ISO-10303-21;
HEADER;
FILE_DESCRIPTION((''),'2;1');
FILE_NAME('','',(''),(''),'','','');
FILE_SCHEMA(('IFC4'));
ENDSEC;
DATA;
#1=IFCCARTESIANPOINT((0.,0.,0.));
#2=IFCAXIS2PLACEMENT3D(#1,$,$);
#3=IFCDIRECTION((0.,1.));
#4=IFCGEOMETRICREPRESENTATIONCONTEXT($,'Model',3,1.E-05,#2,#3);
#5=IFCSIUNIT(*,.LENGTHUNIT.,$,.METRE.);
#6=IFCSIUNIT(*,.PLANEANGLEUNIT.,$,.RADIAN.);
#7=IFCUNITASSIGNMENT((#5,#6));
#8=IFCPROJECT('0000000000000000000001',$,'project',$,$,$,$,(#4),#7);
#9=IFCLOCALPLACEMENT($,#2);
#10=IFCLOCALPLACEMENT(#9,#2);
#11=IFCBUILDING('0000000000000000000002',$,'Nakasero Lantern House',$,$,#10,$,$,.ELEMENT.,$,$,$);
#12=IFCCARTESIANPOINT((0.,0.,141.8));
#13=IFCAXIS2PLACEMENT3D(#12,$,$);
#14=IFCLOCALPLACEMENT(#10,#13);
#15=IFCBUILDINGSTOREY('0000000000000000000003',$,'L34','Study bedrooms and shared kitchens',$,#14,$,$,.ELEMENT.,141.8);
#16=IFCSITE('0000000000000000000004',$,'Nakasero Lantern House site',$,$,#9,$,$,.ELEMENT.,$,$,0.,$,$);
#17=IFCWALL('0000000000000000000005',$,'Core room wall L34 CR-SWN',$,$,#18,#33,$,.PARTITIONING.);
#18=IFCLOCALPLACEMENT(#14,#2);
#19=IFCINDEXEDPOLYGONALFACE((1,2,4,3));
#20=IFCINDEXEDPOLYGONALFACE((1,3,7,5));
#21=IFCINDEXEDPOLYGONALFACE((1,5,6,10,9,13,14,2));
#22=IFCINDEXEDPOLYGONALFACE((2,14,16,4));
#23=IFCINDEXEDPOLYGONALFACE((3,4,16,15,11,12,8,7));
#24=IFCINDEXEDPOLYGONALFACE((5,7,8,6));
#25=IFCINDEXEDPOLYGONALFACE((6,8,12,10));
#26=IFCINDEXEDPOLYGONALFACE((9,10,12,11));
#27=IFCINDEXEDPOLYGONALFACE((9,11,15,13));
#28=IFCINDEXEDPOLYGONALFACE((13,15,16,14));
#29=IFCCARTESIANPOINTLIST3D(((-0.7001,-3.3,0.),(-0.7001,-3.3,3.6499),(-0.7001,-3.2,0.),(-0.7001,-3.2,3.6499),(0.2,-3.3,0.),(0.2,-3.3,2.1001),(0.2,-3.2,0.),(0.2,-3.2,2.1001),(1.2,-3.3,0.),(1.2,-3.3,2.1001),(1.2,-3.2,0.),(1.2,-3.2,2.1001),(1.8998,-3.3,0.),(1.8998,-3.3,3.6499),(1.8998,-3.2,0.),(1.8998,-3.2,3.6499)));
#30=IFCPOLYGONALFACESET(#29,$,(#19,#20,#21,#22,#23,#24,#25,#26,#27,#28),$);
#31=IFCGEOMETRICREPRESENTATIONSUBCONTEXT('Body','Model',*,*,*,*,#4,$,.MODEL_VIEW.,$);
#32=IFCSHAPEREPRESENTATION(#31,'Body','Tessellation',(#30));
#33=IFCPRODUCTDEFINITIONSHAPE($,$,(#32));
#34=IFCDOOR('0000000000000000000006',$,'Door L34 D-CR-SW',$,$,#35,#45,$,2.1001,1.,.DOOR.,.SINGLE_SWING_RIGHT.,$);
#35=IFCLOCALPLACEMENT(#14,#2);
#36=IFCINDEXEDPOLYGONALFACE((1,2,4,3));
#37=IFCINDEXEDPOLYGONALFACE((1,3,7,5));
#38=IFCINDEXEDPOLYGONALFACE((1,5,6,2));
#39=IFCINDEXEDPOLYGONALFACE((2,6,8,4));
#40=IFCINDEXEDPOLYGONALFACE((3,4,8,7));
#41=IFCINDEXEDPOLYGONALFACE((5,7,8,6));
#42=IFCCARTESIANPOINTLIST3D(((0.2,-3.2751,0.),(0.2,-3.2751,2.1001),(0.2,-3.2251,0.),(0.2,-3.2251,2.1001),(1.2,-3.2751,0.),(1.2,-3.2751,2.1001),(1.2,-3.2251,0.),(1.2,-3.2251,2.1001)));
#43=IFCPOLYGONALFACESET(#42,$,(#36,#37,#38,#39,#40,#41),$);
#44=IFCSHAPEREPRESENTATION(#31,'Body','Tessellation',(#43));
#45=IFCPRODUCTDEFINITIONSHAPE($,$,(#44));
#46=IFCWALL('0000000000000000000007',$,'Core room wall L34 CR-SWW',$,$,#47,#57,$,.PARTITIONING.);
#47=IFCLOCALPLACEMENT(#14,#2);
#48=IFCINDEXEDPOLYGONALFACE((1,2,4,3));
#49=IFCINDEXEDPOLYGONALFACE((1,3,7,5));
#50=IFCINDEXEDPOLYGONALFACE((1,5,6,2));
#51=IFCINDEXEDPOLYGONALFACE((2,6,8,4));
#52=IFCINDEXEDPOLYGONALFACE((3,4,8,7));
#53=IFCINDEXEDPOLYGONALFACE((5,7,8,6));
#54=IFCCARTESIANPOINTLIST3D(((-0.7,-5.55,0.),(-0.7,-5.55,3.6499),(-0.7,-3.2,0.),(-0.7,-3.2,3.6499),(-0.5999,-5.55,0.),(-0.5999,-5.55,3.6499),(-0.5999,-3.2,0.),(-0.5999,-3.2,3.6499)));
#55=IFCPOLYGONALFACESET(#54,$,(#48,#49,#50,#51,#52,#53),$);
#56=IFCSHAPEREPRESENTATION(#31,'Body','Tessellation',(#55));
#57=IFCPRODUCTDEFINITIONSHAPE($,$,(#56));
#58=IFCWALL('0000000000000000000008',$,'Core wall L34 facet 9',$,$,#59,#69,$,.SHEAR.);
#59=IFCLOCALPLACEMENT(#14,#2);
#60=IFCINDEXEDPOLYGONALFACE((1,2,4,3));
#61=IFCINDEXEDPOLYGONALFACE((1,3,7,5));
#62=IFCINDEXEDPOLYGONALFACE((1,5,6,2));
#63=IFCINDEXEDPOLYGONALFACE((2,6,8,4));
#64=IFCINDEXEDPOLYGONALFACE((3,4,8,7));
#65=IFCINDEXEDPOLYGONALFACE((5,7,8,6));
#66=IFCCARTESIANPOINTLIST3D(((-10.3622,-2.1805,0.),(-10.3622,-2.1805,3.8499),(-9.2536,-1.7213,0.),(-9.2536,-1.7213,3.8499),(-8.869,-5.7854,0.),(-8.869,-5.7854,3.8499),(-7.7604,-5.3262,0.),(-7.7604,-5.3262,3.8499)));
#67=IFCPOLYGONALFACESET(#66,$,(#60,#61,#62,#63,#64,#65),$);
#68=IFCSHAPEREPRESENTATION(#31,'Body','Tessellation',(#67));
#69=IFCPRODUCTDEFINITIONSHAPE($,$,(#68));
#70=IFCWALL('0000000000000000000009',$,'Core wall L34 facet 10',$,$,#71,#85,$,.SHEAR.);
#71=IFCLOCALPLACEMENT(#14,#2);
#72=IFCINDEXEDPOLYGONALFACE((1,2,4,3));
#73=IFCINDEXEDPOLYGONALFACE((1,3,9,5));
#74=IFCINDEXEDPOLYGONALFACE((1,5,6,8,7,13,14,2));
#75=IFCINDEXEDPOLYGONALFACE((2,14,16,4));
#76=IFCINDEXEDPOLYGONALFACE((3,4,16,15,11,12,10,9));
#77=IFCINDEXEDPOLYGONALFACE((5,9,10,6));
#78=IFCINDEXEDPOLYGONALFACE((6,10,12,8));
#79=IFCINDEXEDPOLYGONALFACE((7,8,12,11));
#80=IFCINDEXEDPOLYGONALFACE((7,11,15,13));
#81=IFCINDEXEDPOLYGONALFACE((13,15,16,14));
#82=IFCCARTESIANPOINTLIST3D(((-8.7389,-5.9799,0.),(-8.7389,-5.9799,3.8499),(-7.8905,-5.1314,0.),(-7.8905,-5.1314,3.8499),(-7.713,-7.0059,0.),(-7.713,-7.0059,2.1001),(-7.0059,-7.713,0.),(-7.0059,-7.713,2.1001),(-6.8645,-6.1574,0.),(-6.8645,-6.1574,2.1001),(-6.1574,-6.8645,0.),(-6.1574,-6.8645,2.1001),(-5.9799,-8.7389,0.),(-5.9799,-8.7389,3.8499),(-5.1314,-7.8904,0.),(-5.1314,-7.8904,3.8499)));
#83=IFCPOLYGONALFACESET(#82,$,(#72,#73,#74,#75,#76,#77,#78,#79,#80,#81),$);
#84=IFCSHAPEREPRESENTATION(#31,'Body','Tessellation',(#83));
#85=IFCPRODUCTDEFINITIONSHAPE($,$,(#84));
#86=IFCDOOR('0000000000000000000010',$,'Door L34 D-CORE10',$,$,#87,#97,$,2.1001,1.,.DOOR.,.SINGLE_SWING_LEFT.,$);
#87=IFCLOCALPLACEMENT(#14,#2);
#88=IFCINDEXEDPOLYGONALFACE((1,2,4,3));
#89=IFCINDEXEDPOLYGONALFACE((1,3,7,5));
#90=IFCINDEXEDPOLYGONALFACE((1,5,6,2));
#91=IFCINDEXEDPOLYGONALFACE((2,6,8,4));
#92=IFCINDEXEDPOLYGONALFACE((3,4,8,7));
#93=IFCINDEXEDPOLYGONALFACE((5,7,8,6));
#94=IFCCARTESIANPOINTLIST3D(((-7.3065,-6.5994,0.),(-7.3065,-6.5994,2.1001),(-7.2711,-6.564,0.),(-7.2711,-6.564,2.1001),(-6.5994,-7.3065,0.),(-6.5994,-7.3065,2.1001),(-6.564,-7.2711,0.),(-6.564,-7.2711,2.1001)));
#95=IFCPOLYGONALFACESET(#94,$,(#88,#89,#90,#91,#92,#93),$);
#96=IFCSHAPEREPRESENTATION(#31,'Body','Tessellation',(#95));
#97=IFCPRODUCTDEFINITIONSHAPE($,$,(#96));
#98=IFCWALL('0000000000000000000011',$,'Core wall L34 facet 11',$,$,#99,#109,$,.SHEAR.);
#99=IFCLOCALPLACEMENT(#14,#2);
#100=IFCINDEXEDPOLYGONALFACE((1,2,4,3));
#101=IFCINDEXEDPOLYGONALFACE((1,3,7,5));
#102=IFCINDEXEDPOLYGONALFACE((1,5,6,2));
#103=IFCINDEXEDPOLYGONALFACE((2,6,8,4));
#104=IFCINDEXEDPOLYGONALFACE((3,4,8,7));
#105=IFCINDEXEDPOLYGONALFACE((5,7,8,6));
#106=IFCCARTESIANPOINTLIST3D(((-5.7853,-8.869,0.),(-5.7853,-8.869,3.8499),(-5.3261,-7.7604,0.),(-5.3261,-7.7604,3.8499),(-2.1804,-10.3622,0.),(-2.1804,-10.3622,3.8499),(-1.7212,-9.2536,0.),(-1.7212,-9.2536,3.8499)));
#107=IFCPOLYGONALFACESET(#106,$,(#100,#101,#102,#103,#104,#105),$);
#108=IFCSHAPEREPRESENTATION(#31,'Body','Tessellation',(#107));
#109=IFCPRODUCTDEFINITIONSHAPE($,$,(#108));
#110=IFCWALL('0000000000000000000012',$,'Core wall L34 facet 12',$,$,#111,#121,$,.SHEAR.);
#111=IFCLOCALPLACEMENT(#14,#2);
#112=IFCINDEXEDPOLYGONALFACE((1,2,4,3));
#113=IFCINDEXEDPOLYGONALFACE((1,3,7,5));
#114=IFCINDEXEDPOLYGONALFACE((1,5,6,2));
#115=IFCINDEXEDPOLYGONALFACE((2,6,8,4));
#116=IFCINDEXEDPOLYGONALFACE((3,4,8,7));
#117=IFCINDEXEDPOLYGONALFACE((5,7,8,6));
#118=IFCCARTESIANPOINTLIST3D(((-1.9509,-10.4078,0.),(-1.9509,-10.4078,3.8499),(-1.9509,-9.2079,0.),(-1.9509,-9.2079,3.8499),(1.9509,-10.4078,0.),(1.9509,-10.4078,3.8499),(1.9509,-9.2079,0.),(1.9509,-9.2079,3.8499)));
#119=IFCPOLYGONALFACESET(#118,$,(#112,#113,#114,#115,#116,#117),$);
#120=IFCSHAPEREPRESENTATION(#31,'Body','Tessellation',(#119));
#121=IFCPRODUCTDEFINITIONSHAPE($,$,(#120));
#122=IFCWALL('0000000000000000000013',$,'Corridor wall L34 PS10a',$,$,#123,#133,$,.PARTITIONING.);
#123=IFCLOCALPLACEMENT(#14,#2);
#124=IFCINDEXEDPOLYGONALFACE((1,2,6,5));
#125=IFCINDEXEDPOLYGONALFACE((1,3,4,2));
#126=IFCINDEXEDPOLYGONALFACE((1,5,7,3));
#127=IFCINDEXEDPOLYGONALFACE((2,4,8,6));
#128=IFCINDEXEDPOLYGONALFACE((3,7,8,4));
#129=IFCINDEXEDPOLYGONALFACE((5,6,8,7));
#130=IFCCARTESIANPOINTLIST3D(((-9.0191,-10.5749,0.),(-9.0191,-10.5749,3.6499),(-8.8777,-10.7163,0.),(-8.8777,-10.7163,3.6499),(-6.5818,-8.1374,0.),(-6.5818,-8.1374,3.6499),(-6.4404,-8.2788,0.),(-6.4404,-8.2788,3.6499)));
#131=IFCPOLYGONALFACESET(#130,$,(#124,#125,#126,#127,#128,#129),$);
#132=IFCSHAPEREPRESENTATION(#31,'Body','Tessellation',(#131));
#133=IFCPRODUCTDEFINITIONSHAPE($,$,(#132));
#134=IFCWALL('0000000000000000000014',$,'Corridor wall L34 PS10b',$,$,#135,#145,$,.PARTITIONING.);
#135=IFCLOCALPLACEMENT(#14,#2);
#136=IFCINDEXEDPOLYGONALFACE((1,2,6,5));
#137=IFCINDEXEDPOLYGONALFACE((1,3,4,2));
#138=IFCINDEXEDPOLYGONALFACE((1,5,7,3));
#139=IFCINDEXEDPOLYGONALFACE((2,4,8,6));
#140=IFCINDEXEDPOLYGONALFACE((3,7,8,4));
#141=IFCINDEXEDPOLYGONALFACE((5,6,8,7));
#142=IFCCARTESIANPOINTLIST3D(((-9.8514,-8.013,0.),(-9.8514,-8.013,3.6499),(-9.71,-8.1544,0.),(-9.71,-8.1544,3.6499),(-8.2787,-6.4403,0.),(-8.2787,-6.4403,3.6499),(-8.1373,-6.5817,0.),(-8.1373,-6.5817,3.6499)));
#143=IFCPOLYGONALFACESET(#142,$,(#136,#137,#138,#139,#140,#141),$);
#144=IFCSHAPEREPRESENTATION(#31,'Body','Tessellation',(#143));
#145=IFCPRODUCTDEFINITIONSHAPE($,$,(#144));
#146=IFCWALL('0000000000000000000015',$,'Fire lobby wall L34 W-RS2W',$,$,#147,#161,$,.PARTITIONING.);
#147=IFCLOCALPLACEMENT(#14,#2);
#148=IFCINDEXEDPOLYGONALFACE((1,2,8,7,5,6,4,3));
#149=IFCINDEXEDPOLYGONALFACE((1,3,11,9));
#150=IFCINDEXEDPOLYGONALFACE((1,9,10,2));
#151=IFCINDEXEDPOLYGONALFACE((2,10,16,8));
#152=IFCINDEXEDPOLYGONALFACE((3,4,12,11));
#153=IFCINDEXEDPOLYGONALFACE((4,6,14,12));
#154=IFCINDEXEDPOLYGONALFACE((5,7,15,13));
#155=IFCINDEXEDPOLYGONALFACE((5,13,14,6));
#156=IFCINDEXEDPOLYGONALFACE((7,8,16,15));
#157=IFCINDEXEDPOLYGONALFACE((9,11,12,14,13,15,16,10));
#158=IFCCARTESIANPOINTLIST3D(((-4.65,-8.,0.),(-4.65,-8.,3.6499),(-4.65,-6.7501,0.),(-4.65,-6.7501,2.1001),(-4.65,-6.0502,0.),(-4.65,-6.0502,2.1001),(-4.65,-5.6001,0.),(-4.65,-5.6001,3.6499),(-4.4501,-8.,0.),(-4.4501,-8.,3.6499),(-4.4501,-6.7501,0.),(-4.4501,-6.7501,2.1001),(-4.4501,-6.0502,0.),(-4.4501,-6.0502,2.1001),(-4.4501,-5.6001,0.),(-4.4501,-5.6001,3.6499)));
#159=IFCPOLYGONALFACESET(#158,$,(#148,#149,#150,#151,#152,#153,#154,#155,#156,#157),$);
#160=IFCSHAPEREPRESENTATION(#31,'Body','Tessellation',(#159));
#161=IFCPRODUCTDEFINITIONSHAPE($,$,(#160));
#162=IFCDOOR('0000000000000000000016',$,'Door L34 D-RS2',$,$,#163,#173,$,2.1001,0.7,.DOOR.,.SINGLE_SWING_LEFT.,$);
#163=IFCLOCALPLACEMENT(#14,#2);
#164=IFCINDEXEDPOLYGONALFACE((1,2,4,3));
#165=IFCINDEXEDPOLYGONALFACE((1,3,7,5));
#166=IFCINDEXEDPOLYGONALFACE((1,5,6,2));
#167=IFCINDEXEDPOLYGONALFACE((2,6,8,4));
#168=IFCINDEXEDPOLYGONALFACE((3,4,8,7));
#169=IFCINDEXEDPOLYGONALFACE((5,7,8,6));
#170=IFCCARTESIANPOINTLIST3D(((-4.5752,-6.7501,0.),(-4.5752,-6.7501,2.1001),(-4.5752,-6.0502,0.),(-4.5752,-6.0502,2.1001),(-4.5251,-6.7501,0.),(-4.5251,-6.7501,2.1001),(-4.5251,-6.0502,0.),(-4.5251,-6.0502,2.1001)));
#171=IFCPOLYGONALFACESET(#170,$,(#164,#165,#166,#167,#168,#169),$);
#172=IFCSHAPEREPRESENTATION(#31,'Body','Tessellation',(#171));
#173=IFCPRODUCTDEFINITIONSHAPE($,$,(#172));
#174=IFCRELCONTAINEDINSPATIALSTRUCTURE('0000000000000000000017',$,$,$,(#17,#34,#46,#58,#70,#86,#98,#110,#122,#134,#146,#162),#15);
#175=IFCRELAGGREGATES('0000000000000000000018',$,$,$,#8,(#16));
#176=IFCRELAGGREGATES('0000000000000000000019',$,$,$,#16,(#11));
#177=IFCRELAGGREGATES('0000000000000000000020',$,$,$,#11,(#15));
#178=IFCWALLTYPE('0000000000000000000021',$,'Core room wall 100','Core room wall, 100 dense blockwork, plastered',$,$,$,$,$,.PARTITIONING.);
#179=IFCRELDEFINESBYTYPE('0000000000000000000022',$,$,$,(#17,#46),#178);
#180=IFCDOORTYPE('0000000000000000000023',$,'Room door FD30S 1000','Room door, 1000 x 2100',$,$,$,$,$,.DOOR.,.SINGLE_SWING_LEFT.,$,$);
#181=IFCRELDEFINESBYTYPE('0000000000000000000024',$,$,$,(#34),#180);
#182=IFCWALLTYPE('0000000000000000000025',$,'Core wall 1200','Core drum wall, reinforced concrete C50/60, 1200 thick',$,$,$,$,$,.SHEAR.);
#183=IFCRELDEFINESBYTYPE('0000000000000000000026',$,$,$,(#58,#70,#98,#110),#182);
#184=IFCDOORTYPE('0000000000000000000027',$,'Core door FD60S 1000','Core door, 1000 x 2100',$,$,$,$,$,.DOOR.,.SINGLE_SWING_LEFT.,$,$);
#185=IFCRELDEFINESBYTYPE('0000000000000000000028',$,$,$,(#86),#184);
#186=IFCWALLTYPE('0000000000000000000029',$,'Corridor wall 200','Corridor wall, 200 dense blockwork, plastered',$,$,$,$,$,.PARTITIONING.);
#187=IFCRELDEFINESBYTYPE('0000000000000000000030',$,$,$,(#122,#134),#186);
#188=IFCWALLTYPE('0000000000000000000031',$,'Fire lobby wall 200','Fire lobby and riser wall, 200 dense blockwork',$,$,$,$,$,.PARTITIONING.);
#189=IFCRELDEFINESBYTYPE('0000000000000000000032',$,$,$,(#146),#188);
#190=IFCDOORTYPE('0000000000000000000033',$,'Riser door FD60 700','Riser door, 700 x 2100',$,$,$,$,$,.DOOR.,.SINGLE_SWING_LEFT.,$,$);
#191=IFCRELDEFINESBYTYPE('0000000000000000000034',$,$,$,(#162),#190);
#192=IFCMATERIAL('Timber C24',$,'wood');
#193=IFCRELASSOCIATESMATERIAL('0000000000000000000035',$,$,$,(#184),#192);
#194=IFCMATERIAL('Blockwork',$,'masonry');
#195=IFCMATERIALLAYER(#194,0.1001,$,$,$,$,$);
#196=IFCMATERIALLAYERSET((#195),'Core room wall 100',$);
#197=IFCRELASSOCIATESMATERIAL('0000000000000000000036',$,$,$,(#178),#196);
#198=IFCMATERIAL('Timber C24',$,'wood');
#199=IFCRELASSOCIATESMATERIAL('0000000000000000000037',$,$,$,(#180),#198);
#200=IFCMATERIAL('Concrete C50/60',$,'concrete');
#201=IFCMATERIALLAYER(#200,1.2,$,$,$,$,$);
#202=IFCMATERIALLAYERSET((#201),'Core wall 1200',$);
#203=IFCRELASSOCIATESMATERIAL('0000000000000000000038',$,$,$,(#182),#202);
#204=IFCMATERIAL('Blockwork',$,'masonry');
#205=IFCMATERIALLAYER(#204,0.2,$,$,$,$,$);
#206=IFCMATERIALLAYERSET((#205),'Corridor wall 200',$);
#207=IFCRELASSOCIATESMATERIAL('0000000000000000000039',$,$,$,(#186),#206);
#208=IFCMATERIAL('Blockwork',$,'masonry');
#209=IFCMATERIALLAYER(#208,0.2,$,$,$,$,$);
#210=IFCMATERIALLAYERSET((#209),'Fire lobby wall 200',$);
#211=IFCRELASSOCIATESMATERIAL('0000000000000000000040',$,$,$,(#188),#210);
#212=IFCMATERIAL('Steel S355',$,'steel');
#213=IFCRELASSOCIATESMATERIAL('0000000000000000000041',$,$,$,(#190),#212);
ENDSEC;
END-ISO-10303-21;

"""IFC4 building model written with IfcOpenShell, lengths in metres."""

from ifc_helpers import new_model, si_unit, direction, frame, frame_2d, origin, place, context, subcontext, project, spatial, rectangle, extrude, material, layer, layer_set, type_object, element, fill, save


model = new_model("IFC4")

# Units and contexts
model_context = context("Model", 3, precision=1e-05, world=origin(), true_north=direction((0.0, 1.0)))
body_context = subcontext(model_context, "Body", "Model", "MODEL_VIEW")
ifc_project = project(units=[si_unit("LENGTHUNIT", "METRE"), si_unit("PLANEANGLEUNIT", "RADIAN")], contexts=[model_context])

# Site, building, storey
site_placement = place(None, origin())
site = spatial("IfcSite", under=ifc_project, at=site_placement, Name="Nakasero Lantern House site", CompositionType="ELEMENT", RefElevation=0.0)
building_placement = place(site_placement, origin())
building = spatial("IfcBuilding", under=site, at=building_placement, Name="Nakasero Lantern House", CompositionType="ELEMENT")
storey_placement = place(building_placement, frame((0.0, 0.0, 141.8)))
storey = spatial("IfcBuildingStorey", under=building, at=storey_placement, Name="L34", Description="Study bedrooms and shared kitchens", CompositionType="ELEMENT", Elevation=141.8)

# Shared definitions
ifc_material_1 = material(Name="Timber C24", Category="wood")
door_type_1 = type_object("IfcDoorType", Name="Core door FD60S 1000", Description="Core door, 1000 x 2100", OperationType="SINGLE_SWING_LEFT", PredefinedType="DOOR", material=ifc_material_1)

# Wall, opening, door
ifc_material_2 = material(Name="Blockwork", Category="masonry")
ifc_layer_1 = layer(ifc_material_2, 0.1001)
ifc_layer_set_1 = layer_set([ifc_layer_1], Name="Core room wall 100")
wall_type_1 = type_object("IfcWallType", Name="Core room wall 100", Description="Core room wall, 100 dense blockwork, plastered", PredefinedType="PARTITIONING", material=ifc_layer_set_1)
wall_1_placement = place(storey_placement, frame((-0.7, -3.25, 0.0), z_axis=(0.0, 0.0, 1.0), x_axis=(1.0, 0.0, 0.0)))
wall_1 = element("IfcWall", 1, at=wall_1_placement, inside=storey, type_object=wall_type_1, Name="Core room wall L34 CR-SWN", PredefinedType="PARTITIONING", context=body_context, shape_type="SweptSolid", body=[
    extrude(rectangle(XDim=2.5999, YDim=0.1001, at=frame_2d((1.2998, 0.0))), origin(), (0.0, 0.0, 1.0), 3.6499),
])
opening_1_placement = place(wall_1_placement, frame((0.8999, 0.0, 0.0)))
opening_1 = element("IfcOpeningElement", 2, at=opening_1_placement, cuts=wall_1, PredefinedType="OPENING", context=body_context, shape_type="SweptSolid", body=[
    extrude(rectangle(XDim=1.0, YDim=2.1001, at=frame_2d((0.5, 1.05))), frame((0.0, 0.0701, 0.0), z_axis=(0.0, -1.0, 0.0), x_axis=(1.0, 0.0, 0.0)), (0.0, 0.0, 1.0), 0.1401),
])
ifc_material_3 = material(Name="Timber C24", Category="wood")
door_type_2 = type_object("IfcDoorType", Name="Room door FD30S 1000", Description="Room door, 1000 x 2100", OperationType="SINGLE_SWING_LEFT", PredefinedType="DOOR", material=ifc_material_3)
door_1_placement = place(opening_1_placement, origin())
door_1 = element("IfcDoor", 3, at=door_1_placement, inside=storey, type_object=door_type_2, Name="Door L34 D-CR-SW", OperationType="SINGLE_SWING_RIGHT", OverallHeight=2.1001, OverallWidth=1.0, PredefinedType="DOOR", context=body_context, shape_type="SweptSolid", body=[
    extrude(rectangle(XDim=1.0, YDim=2.1001, at=frame_2d((0.5, 1.05))), frame((0.0, 0.0249, 0.0), z_axis=(0.0, -1.0, 0.0), x_axis=(1.0, 0.0, 0.0)), (0.0, 0.0, 1.0), 0.05),
])
fill(opening_1, door_1)

# Walls
wall_2_placement = place(storey_placement, frame((-0.6499, -5.55, 0.0), z_axis=(0.0, 0.0, 1.0), x_axis=(0.0, 1.0, 0.0)))
element("IfcWall", 4, at=wall_2_placement, inside=storey, type_object=wall_type_1, Name="Core room wall L34 CR-SWW", PredefinedType="PARTITIONING", context=body_context, shape_type="SweptSolid", body=[
    extrude(rectangle(XDim=2.3501, YDim=0.1001, at=frame_2d((1.175, 0.0))), origin(), (0.0, 0.0, 1.0), 3.6499),
])
ifc_material_4 = material(Name="Concrete C50/60", Category="concrete")
ifc_layer_2 = layer(ifc_material_4, 1.2)
ifc_layer_set_2 = layer_set([ifc_layer_2], Name="Core wall 1200")
wall_type_2 = type_object("IfcWallType", Name="Core wall 1200", Description="Core drum wall, reinforced concrete C50/60, 1200 thick", PredefinedType="SHEAR", material=ifc_layer_set_2)
wall_3_placement = place(storey_placement, frame((-9.8079, -1.9509, 0.0), z_axis=(0.0, 0.0, 1.0), x_axis=(0.382691, -0.923877, 0.0)))
element("IfcWall", 5, at=wall_3_placement, inside=storey, type_object=wall_type_2, Name="Core wall L34 facet 9", PredefinedType="SHEAR", context=body_context, shape_type="SweptSolid", body=[
    extrude(rectangle(XDim=3.9019, YDim=1.2, at=frame_2d((1.9509, 0.0))), origin(), (0.0, 0.0, 1.0), 3.8499),
])

# Wall, opening, door
wall_4_placement = place(storey_placement, frame((-8.3147, -5.5557, 0.0), z_axis=(0.0, 0.0, 1.0), x_axis=(0.707107, -0.707107, 0.0)))
wall_4 = element("IfcWall", 6, at=wall_4_placement, inside=storey, type_object=wall_type_2, Name="Core wall L34 facet 10", PredefinedType="SHEAR", context=body_context, shape_type="SweptSolid", body=[
    extrude(rectangle(XDim=3.9019, YDim=1.2, at=frame_2d((1.9509, 0.0))), origin(), (0.0, 0.0, 1.0), 3.8499),
])
opening_2_placement = place(wall_4_placement, frame((1.4509, 0.0, 0.0)))
opening_2 = element("IfcOpeningElement", 7, at=opening_2_placement, cuts=wall_4, PredefinedType="OPENING", context=body_context, shape_type="SweptSolid", body=[
    extrude(rectangle(XDim=1.0, YDim=2.1001, at=frame_2d((0.5, 1.05))), frame((0.0, 0.6199, 0.0), z_axis=(0.0, -1.0, 0.0), x_axis=(1.0, 0.0, 0.0)), (0.0, 0.0, 1.0), 1.24),
])
door_2_placement = place(opening_2_placement, origin())
door_2 = element("IfcDoor", 8, at=door_2_placement, inside=storey, type_object=door_type_1, Name="Door L34 D-CORE10", OperationType="SINGLE_SWING_LEFT", OverallHeight=2.1001, OverallWidth=1.0, PredefinedType="DOOR", context=body_context, shape_type="SweptSolid", body=[
    extrude(rectangle(XDim=1.0, YDim=2.1001, at=frame_2d((0.5, 1.05))), frame((0.0, 0.0249, 0.0), z_axis=(0.0, -1.0, 0.0), x_axis=(1.0, 0.0, 0.0)), (0.0, 0.0, 1.0), 0.05),
])
fill(opening_2, door_2)

# Walls
for number, where, z_axis, x_axis, name in (
    (9, (-5.5557, -8.3147, 0.0), (0.0, 0.0, 1.0), (0.923877, -0.382691, 0.0), "Core wall L34 facet 11"),
    (10, (-1.9509, -9.8079, 0.0), (0.0, 0.0, 1.0), (1.0, 0.0, 0.0), "Core wall L34 facet 12"),
):
    element("IfcWall", number, at=place(storey_placement, frame(where, z_axis=z_axis, x_axis=x_axis)), inside=storey, type_object=wall_type_2, Name=name, PredefinedType="SHEAR", context=body_context, shape_type="SweptSolid", body=[
        extrude(rectangle(XDim=3.9019, YDim=1.2, at=frame_2d((1.9509, 0.0))), origin(), (0.0, 0.0, 1.0), 3.8499),
    ])
ifc_material_5 = material(Name="Blockwork", Category="masonry")
ifc_layer_3 = layer(ifc_material_5, 0.2)
ifc_layer_set_3 = layer_set([ifc_layer_3], Name="Corridor wall 200")
wall_type_3 = type_object("IfcWallType", Name="Corridor wall 200", Description="Corridor wall, 200 dense blockwork, plastered", PredefinedType="PARTITIONING", material=ifc_layer_set_3)
wall_5_placement = place(storey_placement, frame((-6.511, -8.208, 0.0), z_axis=(0.0, 0.0, 1.0), x_axis=(-0.707071, -0.707142, 0.0)))
element("IfcWall", 11, at=wall_5_placement, inside=storey, type_object=wall_type_3, Name="Corridor wall L34 PS10a", PredefinedType="PARTITIONING", context=body_context, shape_type="SweptSolid", body=[
    extrude(rectangle(XDim=3.447, YDim=0.2, at=frame_2d((1.7236, 0.0))), origin(), (0.0, 0.0, 1.0), 3.6499),
])
wall_6_placement = place(storey_placement, frame((-8.208, -6.511, 0.0), z_axis=(0.0, 0.0, 1.0), x_axis=(-0.707107, -0.707107, 0.0)))
element("IfcWall", 12, at=wall_6_placement, inside=storey, type_object=wall_type_3, Name="Corridor wall L34 PS10b", PredefinedType="PARTITIONING", context=body_context, shape_type="SweptSolid", body=[
    extrude(rectangle(XDim=2.2241, YDim=0.2, at=frame_2d((1.1121, 0.0))), origin(), (0.0, 0.0, 1.0), 3.6499),
])

# Wall, opening, door
ifc_material_6 = material(Name="Blockwork", Category="masonry")
ifc_layer_4 = layer(ifc_material_6, 0.2)
ifc_layer_set_4 = layer_set([ifc_layer_4], Name="Fire lobby wall 200")
wall_type_4 = type_object("IfcWallType", Name="Fire lobby wall 200", Description="Fire lobby and riser wall, 200 dense blockwork", PredefinedType="PARTITIONING", material=ifc_layer_set_4)
wall_7_placement = place(storey_placement, frame((-4.55, -5.6001, 0.0), z_axis=(0.0, 0.0, 1.0), x_axis=(0.0, -1.0, 0.0)))
wall_7 = element("IfcWall", 13, at=wall_7_placement, inside=storey, type_object=wall_type_4, Name="Fire lobby wall L34 W-RS2W", PredefinedType="PARTITIONING", context=body_context, shape_type="SweptSolid", body=[
    extrude(rectangle(XDim=2.3999, YDim=0.2, at=frame_2d((1.2, 0.0))), origin(), (0.0, 0.0, 1.0), 3.6499),
])
opening_3_placement = place(wall_7_placement, frame((0.45, 0.0, 0.0)))
opening_3 = element("IfcOpeningElement", 14, at=opening_3_placement, cuts=wall_7, PredefinedType="OPENING", context=body_context, shape_type="SweptSolid", body=[
    extrude(rectangle(XDim=0.7, YDim=2.1001, at=frame_2d((0.3501, 1.05))), frame((0.0, 0.1199, 0.0), z_axis=(0.0, -1.0, 0.0), x_axis=(1.0, 0.0, 0.0)), (0.0, 0.0, 1.0), 0.24),
])
ifc_material_7 = material(Name="Steel S355", Category="steel")
door_type_3 = type_object("IfcDoorType", Name="Riser door FD60 700", Description="Riser door, 700 x 2100", OperationType="SINGLE_SWING_LEFT", PredefinedType="DOOR", material=ifc_material_7)
door_3_placement = place(opening_3_placement, origin())
door_3 = element("IfcDoor", 15, at=door_3_placement, inside=storey, type_object=door_type_3, Name="Door L34 D-RS2", OperationType="SINGLE_SWING_LEFT", OverallHeight=2.1001, OverallWidth=0.7, PredefinedType="DOOR", context=body_context, shape_type="SweptSolid", body=[
    extrude(rectangle(XDim=0.7, YDim=2.1001, at=frame_2d((0.3501, 1.05))), frame((0.0, 0.0249, 0.0), z_axis=(0.0, -1.0, 0.0), x_axis=(1.0, 0.0, 0.0)), (0.0, 0.0, 1.0), 0.05),
])
fill(opening_3, door_3)

save(model, "model.ifc")
